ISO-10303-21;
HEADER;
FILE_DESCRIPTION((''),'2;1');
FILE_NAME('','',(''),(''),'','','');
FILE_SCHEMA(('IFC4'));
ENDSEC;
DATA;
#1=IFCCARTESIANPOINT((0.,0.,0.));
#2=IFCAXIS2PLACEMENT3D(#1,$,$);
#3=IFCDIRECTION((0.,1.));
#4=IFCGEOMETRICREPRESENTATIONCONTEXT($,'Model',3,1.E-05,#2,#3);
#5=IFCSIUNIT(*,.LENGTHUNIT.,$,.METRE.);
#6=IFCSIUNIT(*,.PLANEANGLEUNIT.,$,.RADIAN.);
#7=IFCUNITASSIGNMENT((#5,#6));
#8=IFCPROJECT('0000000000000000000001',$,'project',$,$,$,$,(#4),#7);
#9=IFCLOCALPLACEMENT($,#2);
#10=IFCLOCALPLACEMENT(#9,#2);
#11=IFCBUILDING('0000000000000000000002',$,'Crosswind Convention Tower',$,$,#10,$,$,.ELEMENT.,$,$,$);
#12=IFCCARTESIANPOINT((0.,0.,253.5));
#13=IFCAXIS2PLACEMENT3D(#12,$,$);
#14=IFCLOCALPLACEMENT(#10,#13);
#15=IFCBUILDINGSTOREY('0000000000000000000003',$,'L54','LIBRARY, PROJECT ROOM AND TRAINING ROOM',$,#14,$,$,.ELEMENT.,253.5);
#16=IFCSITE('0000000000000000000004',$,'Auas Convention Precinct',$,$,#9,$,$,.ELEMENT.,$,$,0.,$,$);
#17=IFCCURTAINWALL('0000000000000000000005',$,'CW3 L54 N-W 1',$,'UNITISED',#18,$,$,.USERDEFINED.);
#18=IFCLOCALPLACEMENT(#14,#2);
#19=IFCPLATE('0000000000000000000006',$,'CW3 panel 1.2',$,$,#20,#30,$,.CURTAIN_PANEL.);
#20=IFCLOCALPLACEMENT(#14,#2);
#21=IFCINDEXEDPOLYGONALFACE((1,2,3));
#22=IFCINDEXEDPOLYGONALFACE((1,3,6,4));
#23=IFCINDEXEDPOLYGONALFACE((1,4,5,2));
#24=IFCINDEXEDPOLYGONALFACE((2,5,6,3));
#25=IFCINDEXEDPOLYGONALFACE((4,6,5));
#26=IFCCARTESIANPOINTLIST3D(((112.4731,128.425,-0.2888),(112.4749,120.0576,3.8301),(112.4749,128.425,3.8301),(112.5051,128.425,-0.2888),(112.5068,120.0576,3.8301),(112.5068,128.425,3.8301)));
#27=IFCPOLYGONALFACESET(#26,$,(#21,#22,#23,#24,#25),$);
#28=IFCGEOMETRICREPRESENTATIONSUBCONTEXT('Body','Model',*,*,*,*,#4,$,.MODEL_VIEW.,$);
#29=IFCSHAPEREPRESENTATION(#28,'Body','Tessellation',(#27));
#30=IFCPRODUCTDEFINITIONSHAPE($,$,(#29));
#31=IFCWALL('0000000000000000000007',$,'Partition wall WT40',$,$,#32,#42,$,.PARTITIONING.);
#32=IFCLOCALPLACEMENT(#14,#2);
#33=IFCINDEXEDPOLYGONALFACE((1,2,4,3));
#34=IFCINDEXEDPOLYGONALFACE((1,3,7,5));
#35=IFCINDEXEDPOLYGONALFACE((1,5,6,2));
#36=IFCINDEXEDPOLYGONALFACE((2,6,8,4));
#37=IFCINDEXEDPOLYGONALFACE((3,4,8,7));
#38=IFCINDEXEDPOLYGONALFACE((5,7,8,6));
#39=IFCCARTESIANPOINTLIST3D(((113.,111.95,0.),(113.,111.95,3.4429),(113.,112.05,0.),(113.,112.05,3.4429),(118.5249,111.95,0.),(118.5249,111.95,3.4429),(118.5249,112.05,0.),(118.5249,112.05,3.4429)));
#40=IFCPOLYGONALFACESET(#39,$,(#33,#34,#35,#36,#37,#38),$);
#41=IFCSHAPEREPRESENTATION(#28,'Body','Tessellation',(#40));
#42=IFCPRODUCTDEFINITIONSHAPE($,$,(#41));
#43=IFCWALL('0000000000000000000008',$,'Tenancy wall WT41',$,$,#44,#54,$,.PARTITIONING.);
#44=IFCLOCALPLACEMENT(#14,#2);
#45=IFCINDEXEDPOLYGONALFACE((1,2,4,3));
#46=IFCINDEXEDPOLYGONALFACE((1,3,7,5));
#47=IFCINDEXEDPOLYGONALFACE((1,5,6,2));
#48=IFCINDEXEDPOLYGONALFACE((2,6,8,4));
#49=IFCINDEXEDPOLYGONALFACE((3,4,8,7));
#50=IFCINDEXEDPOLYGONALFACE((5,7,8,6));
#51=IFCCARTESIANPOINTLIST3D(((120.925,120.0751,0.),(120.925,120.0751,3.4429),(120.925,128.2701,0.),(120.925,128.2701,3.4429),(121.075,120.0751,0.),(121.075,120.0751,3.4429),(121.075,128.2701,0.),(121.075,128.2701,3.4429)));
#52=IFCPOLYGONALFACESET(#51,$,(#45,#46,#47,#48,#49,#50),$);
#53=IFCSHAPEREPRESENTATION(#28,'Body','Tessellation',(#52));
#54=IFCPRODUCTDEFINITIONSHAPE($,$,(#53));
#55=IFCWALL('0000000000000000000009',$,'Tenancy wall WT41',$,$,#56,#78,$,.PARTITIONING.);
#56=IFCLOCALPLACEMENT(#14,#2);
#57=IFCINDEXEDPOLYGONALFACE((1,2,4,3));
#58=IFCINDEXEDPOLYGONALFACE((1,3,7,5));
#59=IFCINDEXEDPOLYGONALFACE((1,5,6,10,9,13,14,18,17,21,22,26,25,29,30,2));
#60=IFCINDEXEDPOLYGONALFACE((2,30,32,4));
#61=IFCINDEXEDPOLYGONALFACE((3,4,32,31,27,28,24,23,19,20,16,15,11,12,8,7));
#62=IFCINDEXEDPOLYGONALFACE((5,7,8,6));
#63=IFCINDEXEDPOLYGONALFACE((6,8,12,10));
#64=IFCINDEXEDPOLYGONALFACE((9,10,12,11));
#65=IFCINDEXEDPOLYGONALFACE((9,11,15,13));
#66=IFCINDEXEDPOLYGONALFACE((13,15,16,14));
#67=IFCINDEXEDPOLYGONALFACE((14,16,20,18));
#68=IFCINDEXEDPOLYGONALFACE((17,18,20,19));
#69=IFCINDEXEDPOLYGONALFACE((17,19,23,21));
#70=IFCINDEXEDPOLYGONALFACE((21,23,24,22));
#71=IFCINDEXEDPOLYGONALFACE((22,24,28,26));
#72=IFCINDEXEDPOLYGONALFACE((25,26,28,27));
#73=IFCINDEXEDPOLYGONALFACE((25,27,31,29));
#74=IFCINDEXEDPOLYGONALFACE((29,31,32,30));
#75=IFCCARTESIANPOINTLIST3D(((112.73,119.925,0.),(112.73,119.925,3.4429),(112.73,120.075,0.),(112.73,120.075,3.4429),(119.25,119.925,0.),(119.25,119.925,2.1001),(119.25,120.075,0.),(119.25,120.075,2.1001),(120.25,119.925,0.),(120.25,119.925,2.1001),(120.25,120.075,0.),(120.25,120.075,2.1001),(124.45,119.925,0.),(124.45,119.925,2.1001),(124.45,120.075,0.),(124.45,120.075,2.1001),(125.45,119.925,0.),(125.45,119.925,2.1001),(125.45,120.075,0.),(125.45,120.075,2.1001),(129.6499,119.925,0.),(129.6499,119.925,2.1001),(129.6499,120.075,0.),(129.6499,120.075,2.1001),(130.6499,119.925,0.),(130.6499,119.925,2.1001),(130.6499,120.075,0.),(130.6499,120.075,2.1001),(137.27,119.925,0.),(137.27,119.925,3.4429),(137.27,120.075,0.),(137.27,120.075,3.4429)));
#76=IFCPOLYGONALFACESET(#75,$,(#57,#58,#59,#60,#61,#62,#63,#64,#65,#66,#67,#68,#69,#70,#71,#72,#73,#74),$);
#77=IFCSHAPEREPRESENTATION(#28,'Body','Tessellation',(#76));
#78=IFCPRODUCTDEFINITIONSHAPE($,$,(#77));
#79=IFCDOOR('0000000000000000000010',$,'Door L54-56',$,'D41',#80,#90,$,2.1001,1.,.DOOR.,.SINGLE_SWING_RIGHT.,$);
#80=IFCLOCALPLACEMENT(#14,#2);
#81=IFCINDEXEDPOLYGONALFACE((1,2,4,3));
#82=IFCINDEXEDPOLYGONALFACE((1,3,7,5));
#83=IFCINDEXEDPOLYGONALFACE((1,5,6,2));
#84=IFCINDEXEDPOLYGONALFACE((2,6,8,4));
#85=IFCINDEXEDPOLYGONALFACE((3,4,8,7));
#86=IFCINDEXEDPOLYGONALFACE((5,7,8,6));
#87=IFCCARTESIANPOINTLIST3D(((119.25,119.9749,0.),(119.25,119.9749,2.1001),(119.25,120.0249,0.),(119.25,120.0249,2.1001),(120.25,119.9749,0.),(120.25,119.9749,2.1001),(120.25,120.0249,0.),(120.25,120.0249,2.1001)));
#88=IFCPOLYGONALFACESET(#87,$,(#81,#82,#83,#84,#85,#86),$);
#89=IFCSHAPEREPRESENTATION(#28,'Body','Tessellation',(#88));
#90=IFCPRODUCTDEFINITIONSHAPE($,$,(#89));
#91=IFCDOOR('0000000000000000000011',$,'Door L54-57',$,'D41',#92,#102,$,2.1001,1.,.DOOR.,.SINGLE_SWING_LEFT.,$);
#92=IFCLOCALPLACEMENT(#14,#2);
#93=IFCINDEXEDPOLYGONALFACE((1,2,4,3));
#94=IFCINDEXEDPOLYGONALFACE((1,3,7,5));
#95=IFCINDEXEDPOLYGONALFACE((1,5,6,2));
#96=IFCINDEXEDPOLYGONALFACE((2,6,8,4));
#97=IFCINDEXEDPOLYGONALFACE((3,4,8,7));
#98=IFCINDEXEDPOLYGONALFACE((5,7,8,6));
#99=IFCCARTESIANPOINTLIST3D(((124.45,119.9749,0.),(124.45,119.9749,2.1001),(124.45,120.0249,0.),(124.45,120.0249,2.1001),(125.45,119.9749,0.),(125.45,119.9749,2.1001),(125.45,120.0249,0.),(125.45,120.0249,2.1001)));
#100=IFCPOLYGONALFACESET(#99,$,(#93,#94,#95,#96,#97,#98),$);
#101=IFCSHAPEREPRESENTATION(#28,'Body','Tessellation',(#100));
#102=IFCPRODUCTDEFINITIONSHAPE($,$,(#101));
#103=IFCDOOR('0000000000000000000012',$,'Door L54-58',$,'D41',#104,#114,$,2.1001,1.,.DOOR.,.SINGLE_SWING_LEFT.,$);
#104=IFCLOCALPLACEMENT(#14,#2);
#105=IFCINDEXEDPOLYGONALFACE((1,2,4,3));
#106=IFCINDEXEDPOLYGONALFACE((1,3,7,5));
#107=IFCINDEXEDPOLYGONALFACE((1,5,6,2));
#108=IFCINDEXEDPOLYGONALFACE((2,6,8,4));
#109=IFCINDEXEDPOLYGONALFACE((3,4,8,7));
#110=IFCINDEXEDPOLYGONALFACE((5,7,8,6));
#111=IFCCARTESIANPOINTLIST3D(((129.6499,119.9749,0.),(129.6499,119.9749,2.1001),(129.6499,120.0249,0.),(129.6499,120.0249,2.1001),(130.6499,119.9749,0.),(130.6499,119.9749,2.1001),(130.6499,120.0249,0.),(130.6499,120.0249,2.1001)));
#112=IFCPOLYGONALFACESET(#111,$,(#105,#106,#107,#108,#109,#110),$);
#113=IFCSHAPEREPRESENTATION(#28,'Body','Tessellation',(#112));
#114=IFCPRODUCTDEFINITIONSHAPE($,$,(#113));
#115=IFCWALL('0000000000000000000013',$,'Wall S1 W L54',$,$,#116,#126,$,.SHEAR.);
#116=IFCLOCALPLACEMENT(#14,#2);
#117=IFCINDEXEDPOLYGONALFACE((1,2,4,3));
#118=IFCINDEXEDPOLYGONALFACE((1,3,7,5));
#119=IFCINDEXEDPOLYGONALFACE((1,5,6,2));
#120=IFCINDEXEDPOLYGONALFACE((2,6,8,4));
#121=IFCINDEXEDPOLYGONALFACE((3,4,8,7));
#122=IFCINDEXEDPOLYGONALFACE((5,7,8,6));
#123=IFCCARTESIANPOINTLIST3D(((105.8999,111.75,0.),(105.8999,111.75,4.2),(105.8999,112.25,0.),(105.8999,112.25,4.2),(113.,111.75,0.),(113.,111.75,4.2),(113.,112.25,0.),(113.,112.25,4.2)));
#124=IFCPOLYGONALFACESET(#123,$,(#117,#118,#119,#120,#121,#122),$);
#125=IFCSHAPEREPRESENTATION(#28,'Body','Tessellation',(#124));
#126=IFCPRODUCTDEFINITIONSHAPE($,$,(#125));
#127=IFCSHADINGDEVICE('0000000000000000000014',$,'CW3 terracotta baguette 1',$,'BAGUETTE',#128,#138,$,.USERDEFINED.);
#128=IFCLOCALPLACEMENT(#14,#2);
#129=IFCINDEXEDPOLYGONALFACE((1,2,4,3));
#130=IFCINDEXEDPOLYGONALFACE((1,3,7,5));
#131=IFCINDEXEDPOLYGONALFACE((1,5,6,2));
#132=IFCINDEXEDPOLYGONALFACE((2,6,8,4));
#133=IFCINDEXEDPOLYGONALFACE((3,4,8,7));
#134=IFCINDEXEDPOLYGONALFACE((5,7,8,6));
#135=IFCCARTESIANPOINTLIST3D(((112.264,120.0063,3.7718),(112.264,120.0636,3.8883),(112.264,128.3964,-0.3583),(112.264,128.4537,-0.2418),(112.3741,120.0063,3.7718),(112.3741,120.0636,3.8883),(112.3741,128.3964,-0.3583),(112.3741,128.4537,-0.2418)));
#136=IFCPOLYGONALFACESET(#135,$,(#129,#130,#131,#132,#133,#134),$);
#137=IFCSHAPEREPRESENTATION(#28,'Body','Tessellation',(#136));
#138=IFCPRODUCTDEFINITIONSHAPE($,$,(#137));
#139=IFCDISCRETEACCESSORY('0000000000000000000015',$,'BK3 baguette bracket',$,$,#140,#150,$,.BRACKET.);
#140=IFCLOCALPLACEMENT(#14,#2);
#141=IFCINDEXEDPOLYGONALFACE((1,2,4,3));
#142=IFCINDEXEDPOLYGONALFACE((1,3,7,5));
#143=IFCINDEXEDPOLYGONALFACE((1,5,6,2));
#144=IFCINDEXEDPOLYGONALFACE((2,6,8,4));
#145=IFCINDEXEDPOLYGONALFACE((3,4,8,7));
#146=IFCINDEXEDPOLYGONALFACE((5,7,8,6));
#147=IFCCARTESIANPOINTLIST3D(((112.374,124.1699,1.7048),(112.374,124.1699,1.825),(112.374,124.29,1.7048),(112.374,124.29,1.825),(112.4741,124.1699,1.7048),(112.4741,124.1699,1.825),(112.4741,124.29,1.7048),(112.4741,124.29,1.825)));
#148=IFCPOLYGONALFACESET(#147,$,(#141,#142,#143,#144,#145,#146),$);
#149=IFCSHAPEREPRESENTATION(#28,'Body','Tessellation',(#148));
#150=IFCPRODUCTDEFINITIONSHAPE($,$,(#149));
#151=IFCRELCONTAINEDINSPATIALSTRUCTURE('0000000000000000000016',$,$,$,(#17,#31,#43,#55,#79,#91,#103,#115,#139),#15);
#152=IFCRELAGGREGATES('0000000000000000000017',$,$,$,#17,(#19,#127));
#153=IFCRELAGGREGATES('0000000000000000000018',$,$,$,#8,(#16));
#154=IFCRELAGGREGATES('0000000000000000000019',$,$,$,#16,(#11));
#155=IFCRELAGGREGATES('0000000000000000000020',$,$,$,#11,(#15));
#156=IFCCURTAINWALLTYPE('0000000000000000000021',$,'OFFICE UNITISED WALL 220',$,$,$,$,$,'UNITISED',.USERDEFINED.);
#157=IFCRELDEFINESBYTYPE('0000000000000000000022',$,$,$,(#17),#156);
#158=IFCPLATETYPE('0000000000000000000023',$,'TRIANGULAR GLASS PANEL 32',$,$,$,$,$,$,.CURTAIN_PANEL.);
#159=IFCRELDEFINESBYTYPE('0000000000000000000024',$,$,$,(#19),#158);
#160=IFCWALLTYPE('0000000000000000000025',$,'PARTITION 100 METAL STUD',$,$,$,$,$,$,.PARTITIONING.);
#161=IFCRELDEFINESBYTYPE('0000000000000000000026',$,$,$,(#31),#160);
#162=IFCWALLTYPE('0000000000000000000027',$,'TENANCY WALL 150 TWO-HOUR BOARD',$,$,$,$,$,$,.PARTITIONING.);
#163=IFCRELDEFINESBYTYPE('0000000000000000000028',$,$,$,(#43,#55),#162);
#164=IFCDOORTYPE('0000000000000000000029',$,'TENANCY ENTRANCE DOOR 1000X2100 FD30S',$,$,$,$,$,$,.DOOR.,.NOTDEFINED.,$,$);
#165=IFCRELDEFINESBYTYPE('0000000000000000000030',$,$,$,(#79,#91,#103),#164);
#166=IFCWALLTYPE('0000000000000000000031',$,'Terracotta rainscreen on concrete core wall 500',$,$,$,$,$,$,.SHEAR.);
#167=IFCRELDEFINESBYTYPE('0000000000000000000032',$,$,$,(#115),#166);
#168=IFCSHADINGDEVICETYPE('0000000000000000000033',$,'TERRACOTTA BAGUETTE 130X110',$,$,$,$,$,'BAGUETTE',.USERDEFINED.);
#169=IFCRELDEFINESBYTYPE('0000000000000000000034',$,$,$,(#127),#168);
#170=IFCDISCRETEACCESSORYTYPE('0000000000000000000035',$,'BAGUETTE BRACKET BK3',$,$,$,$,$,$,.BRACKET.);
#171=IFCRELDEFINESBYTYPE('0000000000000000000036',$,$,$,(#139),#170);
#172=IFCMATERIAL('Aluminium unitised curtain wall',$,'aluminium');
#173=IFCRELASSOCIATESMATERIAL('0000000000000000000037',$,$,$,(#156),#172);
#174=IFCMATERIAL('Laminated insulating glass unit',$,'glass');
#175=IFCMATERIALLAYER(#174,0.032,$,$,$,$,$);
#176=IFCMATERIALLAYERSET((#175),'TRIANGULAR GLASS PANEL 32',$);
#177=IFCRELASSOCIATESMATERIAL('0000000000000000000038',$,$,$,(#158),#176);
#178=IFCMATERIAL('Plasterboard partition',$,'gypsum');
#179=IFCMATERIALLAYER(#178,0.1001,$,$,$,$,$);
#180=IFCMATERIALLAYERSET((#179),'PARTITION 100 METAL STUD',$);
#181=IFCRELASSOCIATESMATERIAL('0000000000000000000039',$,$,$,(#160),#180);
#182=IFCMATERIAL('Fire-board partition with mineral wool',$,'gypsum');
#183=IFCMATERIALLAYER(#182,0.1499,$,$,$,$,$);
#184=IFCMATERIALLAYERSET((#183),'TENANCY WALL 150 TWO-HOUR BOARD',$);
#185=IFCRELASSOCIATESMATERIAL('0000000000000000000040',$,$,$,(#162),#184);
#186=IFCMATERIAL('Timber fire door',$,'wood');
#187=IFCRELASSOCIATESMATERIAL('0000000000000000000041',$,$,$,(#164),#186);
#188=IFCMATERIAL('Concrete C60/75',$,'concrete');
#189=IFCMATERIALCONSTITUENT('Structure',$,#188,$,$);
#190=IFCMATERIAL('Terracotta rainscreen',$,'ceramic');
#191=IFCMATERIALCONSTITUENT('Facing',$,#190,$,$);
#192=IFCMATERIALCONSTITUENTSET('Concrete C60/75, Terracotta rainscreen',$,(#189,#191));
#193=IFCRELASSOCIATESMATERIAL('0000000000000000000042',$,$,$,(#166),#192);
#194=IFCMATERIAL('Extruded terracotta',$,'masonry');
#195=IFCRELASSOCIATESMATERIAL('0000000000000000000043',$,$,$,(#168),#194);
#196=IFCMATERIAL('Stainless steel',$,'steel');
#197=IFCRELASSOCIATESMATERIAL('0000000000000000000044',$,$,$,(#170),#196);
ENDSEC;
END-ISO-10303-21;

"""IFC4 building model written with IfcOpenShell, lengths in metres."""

from ifc_helpers import new_model, si_unit, direction, frame, frame_2d, origin, origin_2d, place, context, subcontext, project, spatial, polyline, rectangle, outline, extrude, material, layer, layer_set, constituent, constituent_set, material_profile, profile_set, type_object, element, fill, aggregate, save


model = new_model("IFC4")

# Units and contexts
model_context = context("Model", 3, precision=1e-05, world=origin(), true_north=direction((0.0, 1.0)))
body_context = subcontext(model_context, "Body", "Model", "MODEL_VIEW")
ifc_project = project(units=[si_unit("LENGTHUNIT", "METRE"), si_unit("PLANEANGLEUNIT", "RADIAN")], contexts=[model_context])

# Site, building, storey
site_placement = place(None, origin())
site = spatial("IfcSite", under=ifc_project, at=site_placement, Name="Auas Convention Precinct", CompositionType="ELEMENT", RefElevation=0.0)
building_placement = place(site_placement, origin())
building = spatial("IfcBuilding", under=site, at=building_placement, Name="Crosswind Convention Tower", CompositionType="ELEMENT")
storey_placement = place(building_placement, frame((0.0, 0.0, 253.5)))
storey = spatial("IfcBuildingStorey", under=building, at=storey_placement, Name="L54", Description="LIBRARY, PROJECT ROOM AND TRAINING ROOM", CompositionType="ELEMENT", Elevation=253.5)

# Shared definitions
ifc_material_1 = material(Name="Concrete C60/75", Category="concrete")

# Shared definitions
ifc_material_2 = material(Name="Aluminium unitised curtain wall", Category="aluminium")
curtain_wall_type_1 = type_object("IfcCurtainWallType", Name="OFFICE UNITISED WALL 220", ElementType="UNITISED", PredefinedType="USERDEFINED", material=ifc_material_2)

# Curtain wall
curtain_wall_1_placement = place(storey_placement, origin())
curtain_wall_1 = element("IfcCurtainWall", 1, at=curtain_wall_1_placement, inside=storey, type_object=curtain_wall_type_1, Name="CW3 L54 N-W 1", ObjectType="UNITISED", PredefinedType="USERDEFINED")

# Plate
ifc_material_3 = material(Name="Laminated insulating glass unit", Category="glass")
ifc_layer_1 = layer(ifc_material_3, 0.032)
ifc_layer_set_1 = layer_set([ifc_layer_1], Name="TRIANGULAR GLASS PANEL 32")
plate_type_1 = type_object("IfcPlateType", Name="TRIANGULAR GLASS PANEL 32", PredefinedType="CURTAIN_PANEL", material=ifc_layer_set_1)
plate_1_placement = place(storey_placement, frame((112.4749, 128.425, 3.8301), z_axis=(-1.0, 0.0, 0.000415), x_axis=(-0.000415, 0.0, -1.0)))
plate_1 = element("IfcPlate", 2, at=plate_1_placement, type_object=plate_type_1, Name="CW3 panel 1.2", PredefinedType="CURTAIN_PANEL", context=body_context, shape_type="SweptSolid", body=[
    extrude(outline(polyline([(0.0, 0.0), (4.1189, 0.0), (0.0, 8.3674), (0.0, 0.0)])), origin(), (0.0, 0.0, -1.0), 0.032),
])

# Walls
ifc_material_4 = material(Name="Plasterboard partition", Category="gypsum")
ifc_layer_2 = layer(ifc_material_4, 0.1001)
ifc_layer_set_2 = layer_set([ifc_layer_2], Name="PARTITION 100 METAL STUD")
wall_type_1 = type_object("IfcWallType", Name="PARTITION 100 METAL STUD", PredefinedType="PARTITIONING", material=ifc_layer_set_2)
wall_1_placement = place(storey_placement, frame((113.0, 112.0, 0.0), z_axis=(0.0, 0.0, 1.0), x_axis=(1.0, 0.0, 0.0)))
element("IfcWall", 3, at=wall_1_placement, inside=storey, type_object=wall_type_1, Name="Partition wall WT40", PredefinedType="PARTITIONING", context=body_context, shape_type="SweptSolid", body=[
    extrude(rectangle(XDim=5.5249, YDim=0.1001, at=frame_2d((2.7625, 0.0))), origin(), (0.0, 0.0, 1.0), 3.4429),
])
ifc_material_5 = material(Name="Fire-board partition with mineral wool", Category="gypsum")
ifc_layer_3 = layer(ifc_material_5, 0.1499)
ifc_layer_set_3 = layer_set([ifc_layer_3], Name="TENANCY WALL 150 TWO-HOUR BOARD")
wall_type_2 = type_object("IfcWallType", Name="TENANCY WALL 150 TWO-HOUR BOARD", PredefinedType="PARTITIONING", material=ifc_layer_set_3)
wall_2_placement = place(storey_placement, frame((121.0, 120.075, 0.0), z_axis=(0.0, 0.0, 1.0), x_axis=(0.0, 1.0, 0.0)))
element("IfcWall", 4, at=wall_2_placement, inside=storey, type_object=wall_type_2, Name="Tenancy wall WT41", PredefinedType="PARTITIONING", context=body_context, shape_type="SweptSolid", body=[
    extrude(rectangle(XDim=8.1951, YDim=0.1499, at=frame_2d((4.0977, 0.0))), origin(), (0.0, 0.0, 1.0), 3.4429),
])

# Wall, openings, doors
wall_3_placement = place(storey_placement, frame((112.73, 120.0, 0.0), z_axis=(0.0, 0.0, 1.0), x_axis=(1.0, 0.0, 0.0)))
wall_3 = element("IfcWall", 5, at=wall_3_placement, inside=storey, type_object=wall_type_2, Name="Tenancy wall WT41", PredefinedType="PARTITIONING", context=body_context, shape_type="SweptSolid", body=[
    extrude(rectangle(XDim=24.54, YDim=0.1499, at=frame_2d((12.27, 0.0))), origin(), (0.0, 0.0, 1.0), 3.4429),
])
opening_1_placement = place(wall_3_placement, frame((6.52, 0.0, 0.0)))
opening_1 = element("IfcOpeningElement", 6, at=opening_1_placement, cuts=wall_3, PredefinedType="OPENING", context=body_context, shape_type="SweptSolid", body=[
    extrude(rectangle(XDim=1.0, YDim=2.1001, at=frame_2d((0.5, 1.05))), frame((0.0, 0.085, 0.0), z_axis=(0.0, -1.0, 0.0), x_axis=(1.0, 0.0, 0.0)), (0.0, 0.0, 1.0), 0.1699),
])
opening_2_placement = place(wall_3_placement, frame((11.72, 0.0, 0.0)))
opening_2 = element("IfcOpeningElement", 7, at=opening_2_placement, cuts=wall_3, PredefinedType="OPENING", context=body_context, shape_type="SweptSolid", body=[
    extrude(rectangle(XDim=1.0, YDim=2.1001, at=frame_2d((0.5, 1.05))), frame((0.0, 0.085, 0.0), z_axis=(0.0, -1.0, 0.0), x_axis=(1.0, 0.0, 0.0)), (0.0, 0.0, 1.0), 0.1699),
])
opening_3_placement = place(wall_3_placement, frame((16.9199, 0.0, 0.0)))
opening_3 = element("IfcOpeningElement", 8, at=opening_3_placement, cuts=wall_3, PredefinedType="OPENING", context=body_context, shape_type="SweptSolid", body=[
    extrude(rectangle(XDim=1.0, YDim=2.1001, at=frame_2d((0.5, 1.05))), frame((0.0, 0.085, 0.0), z_axis=(0.0, -1.0, 0.0), x_axis=(1.0, 0.0, 0.0)), (0.0, 0.0, 1.0), 0.1699),
])
ifc_material_6 = material(Name="Timber fire door", Category="wood")
door_type = type_object("IfcDoorType", Name="TENANCY ENTRANCE DOOR 1000X2100 FD30S", OperationType="NOTDEFINED", PredefinedType="DOOR", material=ifc_material_6)
door_1_placement = place(opening_1_placement, origin())
door_1 = element("IfcDoor", 9, at=door_1_placement, inside=storey, type_object=door_type, Name="Door L54-56", ObjectType="D41", OperationType="SINGLE_SWING_RIGHT", OverallHeight=2.1001, OverallWidth=1.0, PredefinedType="DOOR", context=body_context, shape_type="SweptSolid", body=[
    extrude(rectangle(XDim=1.0, YDim=2.1001, at=frame_2d((0.5, 1.05))), frame((0.0, 0.0249, 0.0), z_axis=(0.0, -1.0, 0.0), x_axis=(1.0, 0.0, 0.0)), (0.0, 0.0, 1.0), 0.05),
])
fill(opening_1, door_1)
door_2_placement = place(opening_2_placement, origin())
door_2 = element("IfcDoor", 10, at=door_2_placement, inside=storey, type_object=door_type, Name="Door L54-57", ObjectType="D41", OperationType="SINGLE_SWING_LEFT", OverallHeight=2.1001, OverallWidth=1.0, PredefinedType="DOOR", context=body_context, shape_type="SweptSolid", body=[
    extrude(rectangle(XDim=1.0, YDim=2.1001, at=frame_2d((0.5, 1.05))), frame((0.0, 0.0249, 0.0), z_axis=(0.0, -1.0, 0.0), x_axis=(1.0, 0.0, 0.0)), (0.0, 0.0, 1.0), 0.05),
])
fill(opening_2, door_2)
door_3_placement = place(opening_3_placement, origin())
door_3 = element("IfcDoor", 11, at=door_3_placement, inside=storey, type_object=door_type, Name="Door L54-58", ObjectType="D41", OperationType="SINGLE_SWING_LEFT", OverallHeight=2.1001, OverallWidth=1.0, PredefinedType="DOOR", context=body_context, shape_type="SweptSolid", body=[
    extrude(rectangle(XDim=1.0, YDim=2.1001, at=frame_2d((0.5, 1.05))), frame((0.0, 0.0249, 0.0), z_axis=(0.0, -1.0, 0.0), x_axis=(1.0, 0.0, 0.0)), (0.0, 0.0, 1.0), 0.05),
])
fill(opening_3, door_3)

# Wall
ifc_constituent_1 = constituent(ifc_material_1, Name="Structure")
ifc_material_7 = material(Name="Terracotta rainscreen", Category="ceramic")
ifc_constituent_2 = constituent(ifc_material_7, Name="Facing")
ifc_constituent_set = constituent_set(constituents=[ifc_constituent_1, ifc_constituent_2], Name="Concrete C60/75, Terracotta rainscreen")
wall_type_3 = type_object("IfcWallType", Name="Terracotta rainscreen on concrete core wall 500", PredefinedType="SHEAR", material=ifc_constituent_set)
wall_4_placement = place(storey_placement, frame((113.0, 112.0, 0.0), z_axis=(0.0, 0.0, 1.0), x_axis=(-1.0, 0.0, 0.0)))
element("IfcWall", 12, at=wall_4_placement, inside=storey, type_object=wall_type_3, Name="Wall S1 W L54", PredefinedType="SHEAR", context=body_context, shape_type="SweptSolid", body=[
    extrude(rectangle(XDim=7.1001, YDim=0.5, at=frame_2d((3.55, 0.0))), origin(), (0.0, 0.0, 1.0), 4.2),
])

# Shading device
ifc_material_8 = material(Name="Extruded terracotta", Category="masonry")
ifc_material_profile_1 = material_profile(ifc_material_8, rectangle(XDim=0.1101, YDim=0.1299, at=origin_2d()), Name="TC 110X130")
ifc_profile_set_1 = profile_set([ifc_material_profile_1], Name="Extruded terracotta")
shading_device_type = type_object("IfcShadingDeviceType", Name="TERRACOTTA BAGUETTE 130X110", ElementType="BAGUETTE", PredefinedType="USERDEFINED", material=ifc_profile_set_1)
shading_device_placement = place(storey_placement, frame((112.3191, 128.425, -0.3), z_axis=(0.0, -0.897188, 0.441649), x_axis=(1.0, 0.0, 0.0)))
shading_device = element("IfcShadingDevice", 13, at=shading_device_placement, type_object=shading_device_type, Name="CW3 terracotta baguette 1", ObjectType="BAGUETTE", PredefinedType="USERDEFINED", context=body_context, shape_type="SweptSolid", body=[
    extrude(rectangle(XDim=0.1101, YDim=0.1299, at=origin_2d()), origin(), (0.0, 0.0, 1.0), 9.3516),
])
aggregate(curtain_wall_1, [plate_1, shading_device])

# Discrete accessory
ifc_material_9 = material(Name="Stainless steel", Category="steel")
discrete_accessory_type = type_object("IfcDiscreteAccessoryType", Name="BAGUETTE BRACKET BK3", PredefinedType="BRACKET", material=ifc_material_9)
discrete_accessory_placement = place(storey_placement, frame((112.4241, 124.23, 1.7048), z_axis=(0.0, 0.0, 1.0), x_axis=(0.0, -1.0, 0.0)))
element("IfcDiscreteAccessory", 14, at=discrete_accessory_placement, inside=storey, type_object=discrete_accessory_type, Name="BK3 baguette bracket", PredefinedType="BRACKET", context=body_context, shape_type="SweptSolid", body=[
    extrude(rectangle(XDim=0.1201, YDim=0.1001, at=origin_2d()), origin(), (0.0, 0.0, 1.0), 0.1201),
])

save(model, "model.ifc")
